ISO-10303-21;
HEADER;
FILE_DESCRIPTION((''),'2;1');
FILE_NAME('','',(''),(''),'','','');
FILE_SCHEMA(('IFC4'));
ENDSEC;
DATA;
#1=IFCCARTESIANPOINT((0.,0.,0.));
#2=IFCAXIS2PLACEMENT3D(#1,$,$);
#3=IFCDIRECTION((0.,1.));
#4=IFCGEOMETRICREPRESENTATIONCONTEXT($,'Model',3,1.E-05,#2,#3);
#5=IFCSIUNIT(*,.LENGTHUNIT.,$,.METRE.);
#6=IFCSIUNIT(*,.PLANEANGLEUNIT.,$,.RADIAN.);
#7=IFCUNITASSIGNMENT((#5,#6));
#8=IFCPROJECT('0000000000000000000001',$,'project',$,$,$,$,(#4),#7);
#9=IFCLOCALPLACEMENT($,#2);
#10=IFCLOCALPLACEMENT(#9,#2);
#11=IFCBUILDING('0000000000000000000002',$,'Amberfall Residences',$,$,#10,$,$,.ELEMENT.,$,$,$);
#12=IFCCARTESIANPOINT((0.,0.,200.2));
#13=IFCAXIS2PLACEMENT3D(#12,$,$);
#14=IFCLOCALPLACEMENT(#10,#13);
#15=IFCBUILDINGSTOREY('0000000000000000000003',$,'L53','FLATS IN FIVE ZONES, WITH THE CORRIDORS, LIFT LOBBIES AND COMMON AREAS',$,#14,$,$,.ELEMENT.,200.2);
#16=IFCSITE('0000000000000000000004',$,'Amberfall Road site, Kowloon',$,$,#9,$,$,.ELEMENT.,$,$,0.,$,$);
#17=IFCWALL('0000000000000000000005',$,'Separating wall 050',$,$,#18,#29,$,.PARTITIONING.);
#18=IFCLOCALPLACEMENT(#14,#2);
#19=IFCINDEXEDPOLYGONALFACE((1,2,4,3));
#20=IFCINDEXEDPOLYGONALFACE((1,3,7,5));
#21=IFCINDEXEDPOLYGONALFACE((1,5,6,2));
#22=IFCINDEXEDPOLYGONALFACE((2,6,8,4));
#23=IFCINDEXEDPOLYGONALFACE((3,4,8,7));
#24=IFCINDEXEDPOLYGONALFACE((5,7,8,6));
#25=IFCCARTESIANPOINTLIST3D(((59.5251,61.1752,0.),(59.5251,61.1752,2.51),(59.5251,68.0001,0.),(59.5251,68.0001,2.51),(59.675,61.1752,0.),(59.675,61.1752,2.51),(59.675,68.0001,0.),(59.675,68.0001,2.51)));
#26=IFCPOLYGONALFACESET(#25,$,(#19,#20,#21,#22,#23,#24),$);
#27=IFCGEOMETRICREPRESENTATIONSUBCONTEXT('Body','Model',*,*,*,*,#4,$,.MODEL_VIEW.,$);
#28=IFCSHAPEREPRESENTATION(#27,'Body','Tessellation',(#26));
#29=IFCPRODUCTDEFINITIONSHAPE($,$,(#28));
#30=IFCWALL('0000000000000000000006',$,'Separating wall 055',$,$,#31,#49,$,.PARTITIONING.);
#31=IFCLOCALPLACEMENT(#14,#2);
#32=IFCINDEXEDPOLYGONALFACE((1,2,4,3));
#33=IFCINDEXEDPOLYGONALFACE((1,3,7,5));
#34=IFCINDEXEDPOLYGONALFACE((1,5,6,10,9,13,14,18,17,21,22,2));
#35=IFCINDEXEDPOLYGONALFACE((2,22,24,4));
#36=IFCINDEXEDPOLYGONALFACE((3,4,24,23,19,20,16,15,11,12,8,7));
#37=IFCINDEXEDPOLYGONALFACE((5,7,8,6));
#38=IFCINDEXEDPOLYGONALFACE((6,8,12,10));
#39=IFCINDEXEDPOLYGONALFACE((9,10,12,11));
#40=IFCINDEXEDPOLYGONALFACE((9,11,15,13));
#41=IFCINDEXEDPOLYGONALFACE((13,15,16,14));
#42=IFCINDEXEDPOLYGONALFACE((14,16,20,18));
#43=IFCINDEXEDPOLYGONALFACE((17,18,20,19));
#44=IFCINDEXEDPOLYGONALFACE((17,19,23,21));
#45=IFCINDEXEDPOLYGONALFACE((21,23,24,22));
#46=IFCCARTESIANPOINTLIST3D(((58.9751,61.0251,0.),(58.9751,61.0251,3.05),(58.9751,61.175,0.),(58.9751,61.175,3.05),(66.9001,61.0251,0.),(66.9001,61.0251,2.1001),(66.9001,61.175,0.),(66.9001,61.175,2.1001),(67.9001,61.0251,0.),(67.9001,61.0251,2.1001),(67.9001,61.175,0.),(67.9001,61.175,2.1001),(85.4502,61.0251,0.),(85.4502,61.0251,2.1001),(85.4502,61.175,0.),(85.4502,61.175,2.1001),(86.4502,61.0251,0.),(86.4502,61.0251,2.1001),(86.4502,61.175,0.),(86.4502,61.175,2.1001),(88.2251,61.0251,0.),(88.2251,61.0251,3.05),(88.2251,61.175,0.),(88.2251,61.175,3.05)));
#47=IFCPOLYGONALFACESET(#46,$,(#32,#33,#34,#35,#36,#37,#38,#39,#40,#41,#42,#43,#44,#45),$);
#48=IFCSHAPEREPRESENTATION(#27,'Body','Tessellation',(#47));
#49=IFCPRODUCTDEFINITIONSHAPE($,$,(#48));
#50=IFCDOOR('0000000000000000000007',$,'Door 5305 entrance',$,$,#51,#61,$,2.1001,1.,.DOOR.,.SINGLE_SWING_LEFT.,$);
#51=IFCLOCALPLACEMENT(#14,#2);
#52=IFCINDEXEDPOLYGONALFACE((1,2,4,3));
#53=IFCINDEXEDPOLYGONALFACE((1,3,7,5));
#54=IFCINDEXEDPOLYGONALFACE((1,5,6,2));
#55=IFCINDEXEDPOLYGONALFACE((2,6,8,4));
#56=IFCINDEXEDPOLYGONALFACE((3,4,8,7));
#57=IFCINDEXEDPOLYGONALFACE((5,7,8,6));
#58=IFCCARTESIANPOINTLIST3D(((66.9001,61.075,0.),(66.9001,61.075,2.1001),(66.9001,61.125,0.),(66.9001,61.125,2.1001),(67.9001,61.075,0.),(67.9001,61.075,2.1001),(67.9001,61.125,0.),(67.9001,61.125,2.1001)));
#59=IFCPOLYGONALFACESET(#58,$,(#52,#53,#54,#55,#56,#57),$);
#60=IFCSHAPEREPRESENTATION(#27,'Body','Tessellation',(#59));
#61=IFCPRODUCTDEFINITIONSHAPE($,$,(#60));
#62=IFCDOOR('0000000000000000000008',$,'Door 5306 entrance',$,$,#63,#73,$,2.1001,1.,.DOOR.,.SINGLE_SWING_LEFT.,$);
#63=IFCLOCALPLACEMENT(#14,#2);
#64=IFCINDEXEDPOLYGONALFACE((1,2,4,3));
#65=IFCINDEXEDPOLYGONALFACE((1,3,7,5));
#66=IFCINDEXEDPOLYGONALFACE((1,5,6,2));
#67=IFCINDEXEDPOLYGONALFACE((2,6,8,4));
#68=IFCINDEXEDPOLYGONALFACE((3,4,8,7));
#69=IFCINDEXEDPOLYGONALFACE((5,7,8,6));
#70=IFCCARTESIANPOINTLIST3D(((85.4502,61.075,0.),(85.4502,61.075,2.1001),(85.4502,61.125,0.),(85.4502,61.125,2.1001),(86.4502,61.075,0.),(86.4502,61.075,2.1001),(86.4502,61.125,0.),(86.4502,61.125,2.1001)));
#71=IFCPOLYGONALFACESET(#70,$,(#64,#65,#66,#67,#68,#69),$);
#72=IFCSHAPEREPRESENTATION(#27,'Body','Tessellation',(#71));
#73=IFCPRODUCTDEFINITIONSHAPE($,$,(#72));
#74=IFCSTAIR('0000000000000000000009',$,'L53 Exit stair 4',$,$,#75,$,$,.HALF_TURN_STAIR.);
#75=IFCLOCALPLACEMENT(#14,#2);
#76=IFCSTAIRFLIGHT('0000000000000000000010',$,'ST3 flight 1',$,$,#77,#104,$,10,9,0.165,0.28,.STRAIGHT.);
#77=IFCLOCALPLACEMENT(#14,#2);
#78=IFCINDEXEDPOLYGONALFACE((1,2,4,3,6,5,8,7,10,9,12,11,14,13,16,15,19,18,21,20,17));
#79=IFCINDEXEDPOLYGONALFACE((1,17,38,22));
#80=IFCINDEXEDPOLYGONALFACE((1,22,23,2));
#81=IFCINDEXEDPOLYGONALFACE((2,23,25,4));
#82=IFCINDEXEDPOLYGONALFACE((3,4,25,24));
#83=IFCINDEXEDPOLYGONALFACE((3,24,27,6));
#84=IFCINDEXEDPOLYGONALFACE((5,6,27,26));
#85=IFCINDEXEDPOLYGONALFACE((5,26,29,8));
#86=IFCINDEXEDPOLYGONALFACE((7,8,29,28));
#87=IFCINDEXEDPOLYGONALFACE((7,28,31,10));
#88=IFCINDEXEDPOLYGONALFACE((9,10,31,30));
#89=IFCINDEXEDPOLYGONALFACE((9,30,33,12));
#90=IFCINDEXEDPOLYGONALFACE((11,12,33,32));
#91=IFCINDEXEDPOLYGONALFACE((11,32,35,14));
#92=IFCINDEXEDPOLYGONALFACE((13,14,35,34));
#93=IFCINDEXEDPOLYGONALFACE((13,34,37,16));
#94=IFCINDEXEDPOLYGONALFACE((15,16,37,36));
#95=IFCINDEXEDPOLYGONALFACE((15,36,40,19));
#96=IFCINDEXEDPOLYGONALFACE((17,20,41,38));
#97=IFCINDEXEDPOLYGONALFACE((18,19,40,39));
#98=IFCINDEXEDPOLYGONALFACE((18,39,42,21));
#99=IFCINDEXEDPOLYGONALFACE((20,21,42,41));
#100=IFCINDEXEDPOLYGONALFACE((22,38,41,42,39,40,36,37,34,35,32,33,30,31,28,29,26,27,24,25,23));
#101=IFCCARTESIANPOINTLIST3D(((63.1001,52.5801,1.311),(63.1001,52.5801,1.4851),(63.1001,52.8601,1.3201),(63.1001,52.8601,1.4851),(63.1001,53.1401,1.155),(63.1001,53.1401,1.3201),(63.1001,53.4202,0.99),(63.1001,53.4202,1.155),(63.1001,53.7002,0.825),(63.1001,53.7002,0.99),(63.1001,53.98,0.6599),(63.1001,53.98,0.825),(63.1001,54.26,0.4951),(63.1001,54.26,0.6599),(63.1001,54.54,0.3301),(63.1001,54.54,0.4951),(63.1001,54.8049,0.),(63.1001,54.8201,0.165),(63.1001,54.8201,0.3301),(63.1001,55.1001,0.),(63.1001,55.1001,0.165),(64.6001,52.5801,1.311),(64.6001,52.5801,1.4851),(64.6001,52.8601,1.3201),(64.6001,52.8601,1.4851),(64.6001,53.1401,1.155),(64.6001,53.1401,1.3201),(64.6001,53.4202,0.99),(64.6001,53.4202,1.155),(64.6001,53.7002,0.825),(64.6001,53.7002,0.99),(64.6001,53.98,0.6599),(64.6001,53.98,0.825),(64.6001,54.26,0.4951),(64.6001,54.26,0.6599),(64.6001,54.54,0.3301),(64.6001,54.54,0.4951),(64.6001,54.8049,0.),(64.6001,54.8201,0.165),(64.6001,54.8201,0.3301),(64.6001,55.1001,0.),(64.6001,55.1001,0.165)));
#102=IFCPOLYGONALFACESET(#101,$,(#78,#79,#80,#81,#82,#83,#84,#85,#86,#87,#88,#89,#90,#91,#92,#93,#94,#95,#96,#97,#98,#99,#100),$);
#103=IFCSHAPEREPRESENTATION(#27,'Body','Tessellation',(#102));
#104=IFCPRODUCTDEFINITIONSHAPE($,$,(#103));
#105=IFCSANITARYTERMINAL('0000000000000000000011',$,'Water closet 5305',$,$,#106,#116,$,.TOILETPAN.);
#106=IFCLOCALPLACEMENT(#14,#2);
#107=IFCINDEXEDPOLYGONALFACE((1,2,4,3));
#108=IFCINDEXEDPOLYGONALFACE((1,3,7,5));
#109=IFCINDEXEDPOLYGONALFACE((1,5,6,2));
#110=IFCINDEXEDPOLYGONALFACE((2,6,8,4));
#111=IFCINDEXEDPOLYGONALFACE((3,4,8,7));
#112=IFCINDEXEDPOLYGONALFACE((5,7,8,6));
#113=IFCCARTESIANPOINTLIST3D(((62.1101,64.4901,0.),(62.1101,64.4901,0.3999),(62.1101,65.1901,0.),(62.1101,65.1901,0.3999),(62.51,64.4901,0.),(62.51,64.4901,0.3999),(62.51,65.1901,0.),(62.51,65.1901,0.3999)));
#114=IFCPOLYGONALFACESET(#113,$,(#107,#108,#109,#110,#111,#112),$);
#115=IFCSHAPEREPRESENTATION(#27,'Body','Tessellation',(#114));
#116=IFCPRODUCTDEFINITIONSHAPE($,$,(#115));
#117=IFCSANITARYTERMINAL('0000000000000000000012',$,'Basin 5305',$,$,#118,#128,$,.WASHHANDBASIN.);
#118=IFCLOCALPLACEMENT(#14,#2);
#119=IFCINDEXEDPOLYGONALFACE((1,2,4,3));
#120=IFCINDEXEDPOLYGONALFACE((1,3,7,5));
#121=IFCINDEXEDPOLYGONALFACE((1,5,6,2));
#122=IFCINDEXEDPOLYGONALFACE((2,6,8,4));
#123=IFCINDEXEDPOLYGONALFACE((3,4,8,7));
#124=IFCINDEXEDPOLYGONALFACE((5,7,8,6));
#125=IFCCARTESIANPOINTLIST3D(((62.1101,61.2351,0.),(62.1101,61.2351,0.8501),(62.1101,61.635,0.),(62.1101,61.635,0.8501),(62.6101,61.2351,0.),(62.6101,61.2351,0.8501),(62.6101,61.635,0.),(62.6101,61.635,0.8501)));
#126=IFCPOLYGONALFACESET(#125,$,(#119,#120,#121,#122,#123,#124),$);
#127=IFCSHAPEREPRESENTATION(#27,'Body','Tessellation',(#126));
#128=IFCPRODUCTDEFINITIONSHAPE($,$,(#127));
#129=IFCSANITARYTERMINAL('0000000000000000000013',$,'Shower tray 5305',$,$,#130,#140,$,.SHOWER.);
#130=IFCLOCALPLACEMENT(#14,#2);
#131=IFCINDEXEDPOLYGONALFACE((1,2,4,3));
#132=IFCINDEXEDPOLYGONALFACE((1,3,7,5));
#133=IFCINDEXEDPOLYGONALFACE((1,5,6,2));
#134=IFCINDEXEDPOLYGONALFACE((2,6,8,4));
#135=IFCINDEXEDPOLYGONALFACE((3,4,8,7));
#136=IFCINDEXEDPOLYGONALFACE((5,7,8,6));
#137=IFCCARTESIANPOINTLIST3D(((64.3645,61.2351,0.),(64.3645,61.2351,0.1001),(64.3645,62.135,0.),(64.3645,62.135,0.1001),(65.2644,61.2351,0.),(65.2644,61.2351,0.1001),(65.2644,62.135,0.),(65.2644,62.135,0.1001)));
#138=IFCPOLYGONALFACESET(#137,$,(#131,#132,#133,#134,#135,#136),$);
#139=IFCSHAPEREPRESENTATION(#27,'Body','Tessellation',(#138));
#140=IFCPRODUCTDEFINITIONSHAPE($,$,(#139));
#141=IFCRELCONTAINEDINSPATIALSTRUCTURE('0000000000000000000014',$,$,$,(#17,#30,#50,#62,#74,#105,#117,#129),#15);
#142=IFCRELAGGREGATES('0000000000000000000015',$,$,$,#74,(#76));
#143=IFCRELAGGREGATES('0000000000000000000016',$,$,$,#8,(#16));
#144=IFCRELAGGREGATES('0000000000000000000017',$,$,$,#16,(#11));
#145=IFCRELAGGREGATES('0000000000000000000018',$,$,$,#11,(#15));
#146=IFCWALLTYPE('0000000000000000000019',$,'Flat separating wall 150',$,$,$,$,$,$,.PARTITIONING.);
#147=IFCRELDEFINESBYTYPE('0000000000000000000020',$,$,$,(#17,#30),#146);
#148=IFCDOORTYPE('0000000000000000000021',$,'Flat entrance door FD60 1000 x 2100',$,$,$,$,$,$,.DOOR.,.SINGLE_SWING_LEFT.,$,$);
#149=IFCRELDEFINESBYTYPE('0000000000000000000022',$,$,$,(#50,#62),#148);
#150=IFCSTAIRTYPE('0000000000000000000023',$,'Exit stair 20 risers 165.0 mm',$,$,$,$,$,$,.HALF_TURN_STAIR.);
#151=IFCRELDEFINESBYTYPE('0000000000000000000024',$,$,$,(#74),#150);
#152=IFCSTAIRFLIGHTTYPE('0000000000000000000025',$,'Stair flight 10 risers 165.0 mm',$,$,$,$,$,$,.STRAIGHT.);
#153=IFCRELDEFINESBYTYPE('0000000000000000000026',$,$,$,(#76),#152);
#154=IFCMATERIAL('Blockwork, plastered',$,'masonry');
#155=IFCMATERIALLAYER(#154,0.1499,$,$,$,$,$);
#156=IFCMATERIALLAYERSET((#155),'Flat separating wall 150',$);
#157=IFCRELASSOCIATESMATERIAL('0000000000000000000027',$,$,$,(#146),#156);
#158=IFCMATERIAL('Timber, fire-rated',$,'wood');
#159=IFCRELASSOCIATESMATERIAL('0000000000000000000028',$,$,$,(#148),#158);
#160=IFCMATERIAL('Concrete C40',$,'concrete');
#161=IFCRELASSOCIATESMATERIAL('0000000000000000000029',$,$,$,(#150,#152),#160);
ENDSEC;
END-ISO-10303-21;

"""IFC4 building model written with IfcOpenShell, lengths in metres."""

from ifc_helpers import new_model, si_unit, direction, frame, frame_2d, origin, origin_2d, place, context, subcontext, project, spatial, polyline, rectangle, outline, extrude, material, layer, layer_set, type_object, element, fill, aggregate, save


model = new_model("IFC4")

# Units and contexts
model_context = context("Model", 3, precision=1e-05, world=origin(), true_north=direction((0.0, 1.0)))
body_context = subcontext(model_context, "Body", "Model", "MODEL_VIEW")
ifc_project = project(units=[si_unit("LENGTHUNIT", "METRE"), si_unit("PLANEANGLEUNIT", "RADIAN")], contexts=[model_context])

# Site, building, storey
site_placement = place(None, origin())
site = spatial("IfcSite", under=ifc_project, at=site_placement, Name="Amberfall Road site, Kowloon", CompositionType="ELEMENT", RefElevation=0.0)
building_placement = place(site_placement, origin())
building = spatial("IfcBuilding", under=site, at=building_placement, Name="Amberfall Residences", CompositionType="ELEMENT")
storey_placement = place(building_placement, frame((0.0, 0.0, 200.2)))
storey = spatial("IfcBuildingStorey", under=building, at=storey_placement, Name="L53", Description="FLATS IN FIVE ZONES, WITH THE CORRIDORS, LIFT LOBBIES AND COMMON AREAS", CompositionType="ELEMENT", Elevation=200.2)

# Wall
ifc_material_1 = material(Name="Blockwork, plastered", Category="masonry")
ifc_layer_1 = layer(ifc_material_1, 0.1499)
ifc_layer_set_1 = layer_set([ifc_layer_1], Name="Flat separating wall 150")
wall_type_1 = type_object("IfcWallType", Name="Flat separating wall 150", PredefinedType="PARTITIONING", material=ifc_layer_set_1)
wall_1_placement = place(storey_placement, frame((59.6001, 61.175, 0.0), z_axis=(0.0, 0.0, 1.0), x_axis=(0.0, 1.0, 0.0)))
element("IfcWall", 1, at=wall_1_placement, inside=storey, type_object=wall_type_1, Name="Separating wall 050", PredefinedType="PARTITIONING", context=body_context, shape_type="SweptSolid", body=[
    extrude(rectangle(XDim=6.825, YDim=0.1499, at=frame_2d((3.4126, 0.0))), origin(), (0.0, 0.0, 1.0), 2.51),
])

# Wall, openings, doors
wall_2_placement = place(storey_placement, frame((58.9751, 61.1001, 0.0), z_axis=(0.0, 0.0, 1.0), x_axis=(1.0, 0.0, 0.0)))
wall_2 = element("IfcWall", 2, at=wall_2_placement, inside=storey, type_object=wall_type_1, Name="Separating wall 055", PredefinedType="PARTITIONING", context=body_context, shape_type="SweptSolid", body=[
    extrude(rectangle(XDim=29.25, YDim=0.1499, at=frame_2d((14.625, 0.0))), origin(), (0.0, 0.0, 1.0), 3.05),
])
opening_1_placement = place(wall_2_placement, frame((7.925, 0.0, 0.0)))
opening_1 = element("IfcOpeningElement", 3, at=opening_1_placement, cuts=wall_2, PredefinedType="OPENING", context=body_context, shape_type="SweptSolid", body=[
    extrude(rectangle(XDim=1.0, YDim=2.1001, at=frame_2d((0.5, 1.05))), frame((0.0, 0.085, 0.0), z_axis=(0.0, -1.0, 0.0), x_axis=(1.0, 0.0, 0.0)), (0.0, 0.0, 1.0), 0.1699),
])
opening_2_placement = place(wall_2_placement, frame((26.4751, 0.0, 0.0)))
opening_2 = element("IfcOpeningElement", 4, at=opening_2_placement, cuts=wall_2, PredefinedType="OPENING", context=body_context, shape_type="SweptSolid", body=[
    extrude(rectangle(XDim=1.0, YDim=2.1001, at=frame_2d((0.5, 1.05))), frame((0.0, 0.085, 0.0), z_axis=(0.0, -1.0, 0.0), x_axis=(1.0, 0.0, 0.0)), (0.0, 0.0, 1.0), 0.1699),
])
ifc_material_2 = material(Name="Timber, fire-rated", Category="wood")
door_type_1 = type_object("IfcDoorType", Name="Flat entrance door FD60 1000 x 2100", OperationType="SINGLE_SWING_LEFT", PredefinedType="DOOR", material=ifc_material_2)
door_1_placement = place(opening_1_placement, origin())
door_1 = element("IfcDoor", 5, at=door_1_placement, inside=storey, type_object=door_type_1, Name="Door 5305 entrance", OperationType="SINGLE_SWING_LEFT", OverallHeight=2.1001, OverallWidth=1.0, PredefinedType="DOOR", context=body_context, shape_type="SweptSolid", body=[
    extrude(rectangle(XDim=1.0, YDim=2.1001, at=frame_2d((0.5, 1.05))), frame((0.0, 0.0249, 0.0), z_axis=(0.0, -1.0, 0.0), x_axis=(1.0, 0.0, 0.0)), (0.0, 0.0, 1.0), 0.05),
])
fill(opening_1, door_1)
door_2_placement = place(opening_2_placement, origin())
door_2 = element("IfcDoor", 6, at=door_2_placement, inside=storey, type_object=door_type_1, Name="Door 5306 entrance", OperationType="SINGLE_SWING_LEFT", OverallHeight=2.1001, OverallWidth=1.0, PredefinedType="DOOR", context=body_context, shape_type="SweptSolid", body=[
    extrude(rectangle(XDim=1.0, YDim=2.1001, at=frame_2d((0.5, 1.05))), frame((0.0, 0.0249, 0.0), z_axis=(0.0, -1.0, 0.0), x_axis=(1.0, 0.0, 0.0)), (0.0, 0.0, 1.0), 0.05),
])
fill(opening_2, door_2)

# Stair, stair flight
ifc_material_3 = material(Name="Concrete C40", Category="concrete")
stair_type = type_object("IfcStairType", Name="Exit stair 20 risers 165.0 mm", PredefinedType="HALF_TURN_STAIR", material=ifc_material_3)
stair_placement = place(storey_placement, origin())
stair = element("IfcStair", 7, at=stair_placement, inside=storey, type_object=stair_type, Name="L53 Exit stair 4", PredefinedType="HALF_TURN_STAIR")
stair_flight_type = type_object("IfcStairFlightType", Name="Stair flight 10 risers 165.0 mm", PredefinedType="STRAIGHT", material=ifc_material_3)
stair_flight_placement = place(storey_placement, frame((63.8501, 55.1001, 0.0), z_axis=(0.0, 0.0, 1.0), x_axis=(0.0, -1.0, 0.0)))
stair_flight = element("IfcStairFlight", 8, at=stair_flight_placement, type_object=stair_flight_type, Name="ST3 flight 1", NumberOfRisers=10, NumberOfTreads=9, PredefinedType="STRAIGHT", RiserHeight=0.165, TreadLength=0.28, context=body_context, shape_type="SweptSolid", body=[
    extrude(outline(polyline([(0.0, 0.0), (0.0, 0.165), (0.28, 0.165), (0.28, 0.3301), (0.5601, 0.3301), (0.5601, 0.4951), (0.8401, 0.4951), (0.8401, 0.6599), (1.1201, 0.6599), (1.1201, 0.825), (1.3999, 0.825), (1.3999, 0.99), (1.6799, 0.99), (1.6799, 1.155), (1.96, 1.155), (1.96, 1.3201), (2.24, 1.3201), (2.24, 1.4851), (2.52, 1.4851), (2.52, 1.6499), (2.52, 1.311), (0.2952, 0.0), (0.0, 0.0)])), frame((0.0, 0.75, 0.0), z_axis=(0.0, -1.0, 0.0), x_axis=(1.0, 0.0, 0.0)), (0.0, 0.0, 1.0), 1.5),
])
aggregate(stair, [stair_flight])

# Sanitary terminals
sanitary_terminal_1_placement = place(storey_placement, frame((62.3101, 64.8401, 0.0), z_axis=(0.0, 0.0, 1.0), x_axis=(1.0, 0.0, 0.0)))
element("IfcSanitaryTerminal", 9, at=sanitary_terminal_1_placement, inside=storey, Name="Water closet 5305", PredefinedType="TOILETPAN", context=body_context, shape_type="SweptSolid", body=[
    extrude(rectangle(XDim=0.3999, YDim=0.7, at=origin_2d()), origin(), (0.0, 0.0, 1.0), 0.3999),
])
sanitary_terminal_2_placement = place(storey_placement, frame((62.3601, 61.4351, 0.0), z_axis=(0.0, 0.0, 1.0), x_axis=(1.0, 0.0, 0.0)))
element("IfcSanitaryTerminal", 10, at=sanitary_terminal_2_placement, inside=storey, Name="Basin 5305", PredefinedType="WASHHANDBASIN", context=body_context, shape_type="SweptSolid", body=[
    extrude(rectangle(XDim=0.5, YDim=0.3999, at=origin_2d()), origin(), (0.0, 0.0, 1.0), 0.8501),
])
sanitary_terminal_3_placement = place(storey_placement, frame((64.8145, 61.6851, 0.0), z_axis=(0.0, 0.0, 1.0), x_axis=(1.0, 0.0, 0.0)))
element("IfcSanitaryTerminal", 11, at=sanitary_terminal_3_placement, inside=storey, Name="Shower tray 5305", PredefinedType="SHOWER", context=body_context, shape_type="SweptSolid", body=[
    extrude(rectangle(XDim=0.8999, YDim=0.8999, at=origin_2d()), origin(), (0.0, 0.0, 1.0), 0.1001),
])

save(model, "model.ifc")
